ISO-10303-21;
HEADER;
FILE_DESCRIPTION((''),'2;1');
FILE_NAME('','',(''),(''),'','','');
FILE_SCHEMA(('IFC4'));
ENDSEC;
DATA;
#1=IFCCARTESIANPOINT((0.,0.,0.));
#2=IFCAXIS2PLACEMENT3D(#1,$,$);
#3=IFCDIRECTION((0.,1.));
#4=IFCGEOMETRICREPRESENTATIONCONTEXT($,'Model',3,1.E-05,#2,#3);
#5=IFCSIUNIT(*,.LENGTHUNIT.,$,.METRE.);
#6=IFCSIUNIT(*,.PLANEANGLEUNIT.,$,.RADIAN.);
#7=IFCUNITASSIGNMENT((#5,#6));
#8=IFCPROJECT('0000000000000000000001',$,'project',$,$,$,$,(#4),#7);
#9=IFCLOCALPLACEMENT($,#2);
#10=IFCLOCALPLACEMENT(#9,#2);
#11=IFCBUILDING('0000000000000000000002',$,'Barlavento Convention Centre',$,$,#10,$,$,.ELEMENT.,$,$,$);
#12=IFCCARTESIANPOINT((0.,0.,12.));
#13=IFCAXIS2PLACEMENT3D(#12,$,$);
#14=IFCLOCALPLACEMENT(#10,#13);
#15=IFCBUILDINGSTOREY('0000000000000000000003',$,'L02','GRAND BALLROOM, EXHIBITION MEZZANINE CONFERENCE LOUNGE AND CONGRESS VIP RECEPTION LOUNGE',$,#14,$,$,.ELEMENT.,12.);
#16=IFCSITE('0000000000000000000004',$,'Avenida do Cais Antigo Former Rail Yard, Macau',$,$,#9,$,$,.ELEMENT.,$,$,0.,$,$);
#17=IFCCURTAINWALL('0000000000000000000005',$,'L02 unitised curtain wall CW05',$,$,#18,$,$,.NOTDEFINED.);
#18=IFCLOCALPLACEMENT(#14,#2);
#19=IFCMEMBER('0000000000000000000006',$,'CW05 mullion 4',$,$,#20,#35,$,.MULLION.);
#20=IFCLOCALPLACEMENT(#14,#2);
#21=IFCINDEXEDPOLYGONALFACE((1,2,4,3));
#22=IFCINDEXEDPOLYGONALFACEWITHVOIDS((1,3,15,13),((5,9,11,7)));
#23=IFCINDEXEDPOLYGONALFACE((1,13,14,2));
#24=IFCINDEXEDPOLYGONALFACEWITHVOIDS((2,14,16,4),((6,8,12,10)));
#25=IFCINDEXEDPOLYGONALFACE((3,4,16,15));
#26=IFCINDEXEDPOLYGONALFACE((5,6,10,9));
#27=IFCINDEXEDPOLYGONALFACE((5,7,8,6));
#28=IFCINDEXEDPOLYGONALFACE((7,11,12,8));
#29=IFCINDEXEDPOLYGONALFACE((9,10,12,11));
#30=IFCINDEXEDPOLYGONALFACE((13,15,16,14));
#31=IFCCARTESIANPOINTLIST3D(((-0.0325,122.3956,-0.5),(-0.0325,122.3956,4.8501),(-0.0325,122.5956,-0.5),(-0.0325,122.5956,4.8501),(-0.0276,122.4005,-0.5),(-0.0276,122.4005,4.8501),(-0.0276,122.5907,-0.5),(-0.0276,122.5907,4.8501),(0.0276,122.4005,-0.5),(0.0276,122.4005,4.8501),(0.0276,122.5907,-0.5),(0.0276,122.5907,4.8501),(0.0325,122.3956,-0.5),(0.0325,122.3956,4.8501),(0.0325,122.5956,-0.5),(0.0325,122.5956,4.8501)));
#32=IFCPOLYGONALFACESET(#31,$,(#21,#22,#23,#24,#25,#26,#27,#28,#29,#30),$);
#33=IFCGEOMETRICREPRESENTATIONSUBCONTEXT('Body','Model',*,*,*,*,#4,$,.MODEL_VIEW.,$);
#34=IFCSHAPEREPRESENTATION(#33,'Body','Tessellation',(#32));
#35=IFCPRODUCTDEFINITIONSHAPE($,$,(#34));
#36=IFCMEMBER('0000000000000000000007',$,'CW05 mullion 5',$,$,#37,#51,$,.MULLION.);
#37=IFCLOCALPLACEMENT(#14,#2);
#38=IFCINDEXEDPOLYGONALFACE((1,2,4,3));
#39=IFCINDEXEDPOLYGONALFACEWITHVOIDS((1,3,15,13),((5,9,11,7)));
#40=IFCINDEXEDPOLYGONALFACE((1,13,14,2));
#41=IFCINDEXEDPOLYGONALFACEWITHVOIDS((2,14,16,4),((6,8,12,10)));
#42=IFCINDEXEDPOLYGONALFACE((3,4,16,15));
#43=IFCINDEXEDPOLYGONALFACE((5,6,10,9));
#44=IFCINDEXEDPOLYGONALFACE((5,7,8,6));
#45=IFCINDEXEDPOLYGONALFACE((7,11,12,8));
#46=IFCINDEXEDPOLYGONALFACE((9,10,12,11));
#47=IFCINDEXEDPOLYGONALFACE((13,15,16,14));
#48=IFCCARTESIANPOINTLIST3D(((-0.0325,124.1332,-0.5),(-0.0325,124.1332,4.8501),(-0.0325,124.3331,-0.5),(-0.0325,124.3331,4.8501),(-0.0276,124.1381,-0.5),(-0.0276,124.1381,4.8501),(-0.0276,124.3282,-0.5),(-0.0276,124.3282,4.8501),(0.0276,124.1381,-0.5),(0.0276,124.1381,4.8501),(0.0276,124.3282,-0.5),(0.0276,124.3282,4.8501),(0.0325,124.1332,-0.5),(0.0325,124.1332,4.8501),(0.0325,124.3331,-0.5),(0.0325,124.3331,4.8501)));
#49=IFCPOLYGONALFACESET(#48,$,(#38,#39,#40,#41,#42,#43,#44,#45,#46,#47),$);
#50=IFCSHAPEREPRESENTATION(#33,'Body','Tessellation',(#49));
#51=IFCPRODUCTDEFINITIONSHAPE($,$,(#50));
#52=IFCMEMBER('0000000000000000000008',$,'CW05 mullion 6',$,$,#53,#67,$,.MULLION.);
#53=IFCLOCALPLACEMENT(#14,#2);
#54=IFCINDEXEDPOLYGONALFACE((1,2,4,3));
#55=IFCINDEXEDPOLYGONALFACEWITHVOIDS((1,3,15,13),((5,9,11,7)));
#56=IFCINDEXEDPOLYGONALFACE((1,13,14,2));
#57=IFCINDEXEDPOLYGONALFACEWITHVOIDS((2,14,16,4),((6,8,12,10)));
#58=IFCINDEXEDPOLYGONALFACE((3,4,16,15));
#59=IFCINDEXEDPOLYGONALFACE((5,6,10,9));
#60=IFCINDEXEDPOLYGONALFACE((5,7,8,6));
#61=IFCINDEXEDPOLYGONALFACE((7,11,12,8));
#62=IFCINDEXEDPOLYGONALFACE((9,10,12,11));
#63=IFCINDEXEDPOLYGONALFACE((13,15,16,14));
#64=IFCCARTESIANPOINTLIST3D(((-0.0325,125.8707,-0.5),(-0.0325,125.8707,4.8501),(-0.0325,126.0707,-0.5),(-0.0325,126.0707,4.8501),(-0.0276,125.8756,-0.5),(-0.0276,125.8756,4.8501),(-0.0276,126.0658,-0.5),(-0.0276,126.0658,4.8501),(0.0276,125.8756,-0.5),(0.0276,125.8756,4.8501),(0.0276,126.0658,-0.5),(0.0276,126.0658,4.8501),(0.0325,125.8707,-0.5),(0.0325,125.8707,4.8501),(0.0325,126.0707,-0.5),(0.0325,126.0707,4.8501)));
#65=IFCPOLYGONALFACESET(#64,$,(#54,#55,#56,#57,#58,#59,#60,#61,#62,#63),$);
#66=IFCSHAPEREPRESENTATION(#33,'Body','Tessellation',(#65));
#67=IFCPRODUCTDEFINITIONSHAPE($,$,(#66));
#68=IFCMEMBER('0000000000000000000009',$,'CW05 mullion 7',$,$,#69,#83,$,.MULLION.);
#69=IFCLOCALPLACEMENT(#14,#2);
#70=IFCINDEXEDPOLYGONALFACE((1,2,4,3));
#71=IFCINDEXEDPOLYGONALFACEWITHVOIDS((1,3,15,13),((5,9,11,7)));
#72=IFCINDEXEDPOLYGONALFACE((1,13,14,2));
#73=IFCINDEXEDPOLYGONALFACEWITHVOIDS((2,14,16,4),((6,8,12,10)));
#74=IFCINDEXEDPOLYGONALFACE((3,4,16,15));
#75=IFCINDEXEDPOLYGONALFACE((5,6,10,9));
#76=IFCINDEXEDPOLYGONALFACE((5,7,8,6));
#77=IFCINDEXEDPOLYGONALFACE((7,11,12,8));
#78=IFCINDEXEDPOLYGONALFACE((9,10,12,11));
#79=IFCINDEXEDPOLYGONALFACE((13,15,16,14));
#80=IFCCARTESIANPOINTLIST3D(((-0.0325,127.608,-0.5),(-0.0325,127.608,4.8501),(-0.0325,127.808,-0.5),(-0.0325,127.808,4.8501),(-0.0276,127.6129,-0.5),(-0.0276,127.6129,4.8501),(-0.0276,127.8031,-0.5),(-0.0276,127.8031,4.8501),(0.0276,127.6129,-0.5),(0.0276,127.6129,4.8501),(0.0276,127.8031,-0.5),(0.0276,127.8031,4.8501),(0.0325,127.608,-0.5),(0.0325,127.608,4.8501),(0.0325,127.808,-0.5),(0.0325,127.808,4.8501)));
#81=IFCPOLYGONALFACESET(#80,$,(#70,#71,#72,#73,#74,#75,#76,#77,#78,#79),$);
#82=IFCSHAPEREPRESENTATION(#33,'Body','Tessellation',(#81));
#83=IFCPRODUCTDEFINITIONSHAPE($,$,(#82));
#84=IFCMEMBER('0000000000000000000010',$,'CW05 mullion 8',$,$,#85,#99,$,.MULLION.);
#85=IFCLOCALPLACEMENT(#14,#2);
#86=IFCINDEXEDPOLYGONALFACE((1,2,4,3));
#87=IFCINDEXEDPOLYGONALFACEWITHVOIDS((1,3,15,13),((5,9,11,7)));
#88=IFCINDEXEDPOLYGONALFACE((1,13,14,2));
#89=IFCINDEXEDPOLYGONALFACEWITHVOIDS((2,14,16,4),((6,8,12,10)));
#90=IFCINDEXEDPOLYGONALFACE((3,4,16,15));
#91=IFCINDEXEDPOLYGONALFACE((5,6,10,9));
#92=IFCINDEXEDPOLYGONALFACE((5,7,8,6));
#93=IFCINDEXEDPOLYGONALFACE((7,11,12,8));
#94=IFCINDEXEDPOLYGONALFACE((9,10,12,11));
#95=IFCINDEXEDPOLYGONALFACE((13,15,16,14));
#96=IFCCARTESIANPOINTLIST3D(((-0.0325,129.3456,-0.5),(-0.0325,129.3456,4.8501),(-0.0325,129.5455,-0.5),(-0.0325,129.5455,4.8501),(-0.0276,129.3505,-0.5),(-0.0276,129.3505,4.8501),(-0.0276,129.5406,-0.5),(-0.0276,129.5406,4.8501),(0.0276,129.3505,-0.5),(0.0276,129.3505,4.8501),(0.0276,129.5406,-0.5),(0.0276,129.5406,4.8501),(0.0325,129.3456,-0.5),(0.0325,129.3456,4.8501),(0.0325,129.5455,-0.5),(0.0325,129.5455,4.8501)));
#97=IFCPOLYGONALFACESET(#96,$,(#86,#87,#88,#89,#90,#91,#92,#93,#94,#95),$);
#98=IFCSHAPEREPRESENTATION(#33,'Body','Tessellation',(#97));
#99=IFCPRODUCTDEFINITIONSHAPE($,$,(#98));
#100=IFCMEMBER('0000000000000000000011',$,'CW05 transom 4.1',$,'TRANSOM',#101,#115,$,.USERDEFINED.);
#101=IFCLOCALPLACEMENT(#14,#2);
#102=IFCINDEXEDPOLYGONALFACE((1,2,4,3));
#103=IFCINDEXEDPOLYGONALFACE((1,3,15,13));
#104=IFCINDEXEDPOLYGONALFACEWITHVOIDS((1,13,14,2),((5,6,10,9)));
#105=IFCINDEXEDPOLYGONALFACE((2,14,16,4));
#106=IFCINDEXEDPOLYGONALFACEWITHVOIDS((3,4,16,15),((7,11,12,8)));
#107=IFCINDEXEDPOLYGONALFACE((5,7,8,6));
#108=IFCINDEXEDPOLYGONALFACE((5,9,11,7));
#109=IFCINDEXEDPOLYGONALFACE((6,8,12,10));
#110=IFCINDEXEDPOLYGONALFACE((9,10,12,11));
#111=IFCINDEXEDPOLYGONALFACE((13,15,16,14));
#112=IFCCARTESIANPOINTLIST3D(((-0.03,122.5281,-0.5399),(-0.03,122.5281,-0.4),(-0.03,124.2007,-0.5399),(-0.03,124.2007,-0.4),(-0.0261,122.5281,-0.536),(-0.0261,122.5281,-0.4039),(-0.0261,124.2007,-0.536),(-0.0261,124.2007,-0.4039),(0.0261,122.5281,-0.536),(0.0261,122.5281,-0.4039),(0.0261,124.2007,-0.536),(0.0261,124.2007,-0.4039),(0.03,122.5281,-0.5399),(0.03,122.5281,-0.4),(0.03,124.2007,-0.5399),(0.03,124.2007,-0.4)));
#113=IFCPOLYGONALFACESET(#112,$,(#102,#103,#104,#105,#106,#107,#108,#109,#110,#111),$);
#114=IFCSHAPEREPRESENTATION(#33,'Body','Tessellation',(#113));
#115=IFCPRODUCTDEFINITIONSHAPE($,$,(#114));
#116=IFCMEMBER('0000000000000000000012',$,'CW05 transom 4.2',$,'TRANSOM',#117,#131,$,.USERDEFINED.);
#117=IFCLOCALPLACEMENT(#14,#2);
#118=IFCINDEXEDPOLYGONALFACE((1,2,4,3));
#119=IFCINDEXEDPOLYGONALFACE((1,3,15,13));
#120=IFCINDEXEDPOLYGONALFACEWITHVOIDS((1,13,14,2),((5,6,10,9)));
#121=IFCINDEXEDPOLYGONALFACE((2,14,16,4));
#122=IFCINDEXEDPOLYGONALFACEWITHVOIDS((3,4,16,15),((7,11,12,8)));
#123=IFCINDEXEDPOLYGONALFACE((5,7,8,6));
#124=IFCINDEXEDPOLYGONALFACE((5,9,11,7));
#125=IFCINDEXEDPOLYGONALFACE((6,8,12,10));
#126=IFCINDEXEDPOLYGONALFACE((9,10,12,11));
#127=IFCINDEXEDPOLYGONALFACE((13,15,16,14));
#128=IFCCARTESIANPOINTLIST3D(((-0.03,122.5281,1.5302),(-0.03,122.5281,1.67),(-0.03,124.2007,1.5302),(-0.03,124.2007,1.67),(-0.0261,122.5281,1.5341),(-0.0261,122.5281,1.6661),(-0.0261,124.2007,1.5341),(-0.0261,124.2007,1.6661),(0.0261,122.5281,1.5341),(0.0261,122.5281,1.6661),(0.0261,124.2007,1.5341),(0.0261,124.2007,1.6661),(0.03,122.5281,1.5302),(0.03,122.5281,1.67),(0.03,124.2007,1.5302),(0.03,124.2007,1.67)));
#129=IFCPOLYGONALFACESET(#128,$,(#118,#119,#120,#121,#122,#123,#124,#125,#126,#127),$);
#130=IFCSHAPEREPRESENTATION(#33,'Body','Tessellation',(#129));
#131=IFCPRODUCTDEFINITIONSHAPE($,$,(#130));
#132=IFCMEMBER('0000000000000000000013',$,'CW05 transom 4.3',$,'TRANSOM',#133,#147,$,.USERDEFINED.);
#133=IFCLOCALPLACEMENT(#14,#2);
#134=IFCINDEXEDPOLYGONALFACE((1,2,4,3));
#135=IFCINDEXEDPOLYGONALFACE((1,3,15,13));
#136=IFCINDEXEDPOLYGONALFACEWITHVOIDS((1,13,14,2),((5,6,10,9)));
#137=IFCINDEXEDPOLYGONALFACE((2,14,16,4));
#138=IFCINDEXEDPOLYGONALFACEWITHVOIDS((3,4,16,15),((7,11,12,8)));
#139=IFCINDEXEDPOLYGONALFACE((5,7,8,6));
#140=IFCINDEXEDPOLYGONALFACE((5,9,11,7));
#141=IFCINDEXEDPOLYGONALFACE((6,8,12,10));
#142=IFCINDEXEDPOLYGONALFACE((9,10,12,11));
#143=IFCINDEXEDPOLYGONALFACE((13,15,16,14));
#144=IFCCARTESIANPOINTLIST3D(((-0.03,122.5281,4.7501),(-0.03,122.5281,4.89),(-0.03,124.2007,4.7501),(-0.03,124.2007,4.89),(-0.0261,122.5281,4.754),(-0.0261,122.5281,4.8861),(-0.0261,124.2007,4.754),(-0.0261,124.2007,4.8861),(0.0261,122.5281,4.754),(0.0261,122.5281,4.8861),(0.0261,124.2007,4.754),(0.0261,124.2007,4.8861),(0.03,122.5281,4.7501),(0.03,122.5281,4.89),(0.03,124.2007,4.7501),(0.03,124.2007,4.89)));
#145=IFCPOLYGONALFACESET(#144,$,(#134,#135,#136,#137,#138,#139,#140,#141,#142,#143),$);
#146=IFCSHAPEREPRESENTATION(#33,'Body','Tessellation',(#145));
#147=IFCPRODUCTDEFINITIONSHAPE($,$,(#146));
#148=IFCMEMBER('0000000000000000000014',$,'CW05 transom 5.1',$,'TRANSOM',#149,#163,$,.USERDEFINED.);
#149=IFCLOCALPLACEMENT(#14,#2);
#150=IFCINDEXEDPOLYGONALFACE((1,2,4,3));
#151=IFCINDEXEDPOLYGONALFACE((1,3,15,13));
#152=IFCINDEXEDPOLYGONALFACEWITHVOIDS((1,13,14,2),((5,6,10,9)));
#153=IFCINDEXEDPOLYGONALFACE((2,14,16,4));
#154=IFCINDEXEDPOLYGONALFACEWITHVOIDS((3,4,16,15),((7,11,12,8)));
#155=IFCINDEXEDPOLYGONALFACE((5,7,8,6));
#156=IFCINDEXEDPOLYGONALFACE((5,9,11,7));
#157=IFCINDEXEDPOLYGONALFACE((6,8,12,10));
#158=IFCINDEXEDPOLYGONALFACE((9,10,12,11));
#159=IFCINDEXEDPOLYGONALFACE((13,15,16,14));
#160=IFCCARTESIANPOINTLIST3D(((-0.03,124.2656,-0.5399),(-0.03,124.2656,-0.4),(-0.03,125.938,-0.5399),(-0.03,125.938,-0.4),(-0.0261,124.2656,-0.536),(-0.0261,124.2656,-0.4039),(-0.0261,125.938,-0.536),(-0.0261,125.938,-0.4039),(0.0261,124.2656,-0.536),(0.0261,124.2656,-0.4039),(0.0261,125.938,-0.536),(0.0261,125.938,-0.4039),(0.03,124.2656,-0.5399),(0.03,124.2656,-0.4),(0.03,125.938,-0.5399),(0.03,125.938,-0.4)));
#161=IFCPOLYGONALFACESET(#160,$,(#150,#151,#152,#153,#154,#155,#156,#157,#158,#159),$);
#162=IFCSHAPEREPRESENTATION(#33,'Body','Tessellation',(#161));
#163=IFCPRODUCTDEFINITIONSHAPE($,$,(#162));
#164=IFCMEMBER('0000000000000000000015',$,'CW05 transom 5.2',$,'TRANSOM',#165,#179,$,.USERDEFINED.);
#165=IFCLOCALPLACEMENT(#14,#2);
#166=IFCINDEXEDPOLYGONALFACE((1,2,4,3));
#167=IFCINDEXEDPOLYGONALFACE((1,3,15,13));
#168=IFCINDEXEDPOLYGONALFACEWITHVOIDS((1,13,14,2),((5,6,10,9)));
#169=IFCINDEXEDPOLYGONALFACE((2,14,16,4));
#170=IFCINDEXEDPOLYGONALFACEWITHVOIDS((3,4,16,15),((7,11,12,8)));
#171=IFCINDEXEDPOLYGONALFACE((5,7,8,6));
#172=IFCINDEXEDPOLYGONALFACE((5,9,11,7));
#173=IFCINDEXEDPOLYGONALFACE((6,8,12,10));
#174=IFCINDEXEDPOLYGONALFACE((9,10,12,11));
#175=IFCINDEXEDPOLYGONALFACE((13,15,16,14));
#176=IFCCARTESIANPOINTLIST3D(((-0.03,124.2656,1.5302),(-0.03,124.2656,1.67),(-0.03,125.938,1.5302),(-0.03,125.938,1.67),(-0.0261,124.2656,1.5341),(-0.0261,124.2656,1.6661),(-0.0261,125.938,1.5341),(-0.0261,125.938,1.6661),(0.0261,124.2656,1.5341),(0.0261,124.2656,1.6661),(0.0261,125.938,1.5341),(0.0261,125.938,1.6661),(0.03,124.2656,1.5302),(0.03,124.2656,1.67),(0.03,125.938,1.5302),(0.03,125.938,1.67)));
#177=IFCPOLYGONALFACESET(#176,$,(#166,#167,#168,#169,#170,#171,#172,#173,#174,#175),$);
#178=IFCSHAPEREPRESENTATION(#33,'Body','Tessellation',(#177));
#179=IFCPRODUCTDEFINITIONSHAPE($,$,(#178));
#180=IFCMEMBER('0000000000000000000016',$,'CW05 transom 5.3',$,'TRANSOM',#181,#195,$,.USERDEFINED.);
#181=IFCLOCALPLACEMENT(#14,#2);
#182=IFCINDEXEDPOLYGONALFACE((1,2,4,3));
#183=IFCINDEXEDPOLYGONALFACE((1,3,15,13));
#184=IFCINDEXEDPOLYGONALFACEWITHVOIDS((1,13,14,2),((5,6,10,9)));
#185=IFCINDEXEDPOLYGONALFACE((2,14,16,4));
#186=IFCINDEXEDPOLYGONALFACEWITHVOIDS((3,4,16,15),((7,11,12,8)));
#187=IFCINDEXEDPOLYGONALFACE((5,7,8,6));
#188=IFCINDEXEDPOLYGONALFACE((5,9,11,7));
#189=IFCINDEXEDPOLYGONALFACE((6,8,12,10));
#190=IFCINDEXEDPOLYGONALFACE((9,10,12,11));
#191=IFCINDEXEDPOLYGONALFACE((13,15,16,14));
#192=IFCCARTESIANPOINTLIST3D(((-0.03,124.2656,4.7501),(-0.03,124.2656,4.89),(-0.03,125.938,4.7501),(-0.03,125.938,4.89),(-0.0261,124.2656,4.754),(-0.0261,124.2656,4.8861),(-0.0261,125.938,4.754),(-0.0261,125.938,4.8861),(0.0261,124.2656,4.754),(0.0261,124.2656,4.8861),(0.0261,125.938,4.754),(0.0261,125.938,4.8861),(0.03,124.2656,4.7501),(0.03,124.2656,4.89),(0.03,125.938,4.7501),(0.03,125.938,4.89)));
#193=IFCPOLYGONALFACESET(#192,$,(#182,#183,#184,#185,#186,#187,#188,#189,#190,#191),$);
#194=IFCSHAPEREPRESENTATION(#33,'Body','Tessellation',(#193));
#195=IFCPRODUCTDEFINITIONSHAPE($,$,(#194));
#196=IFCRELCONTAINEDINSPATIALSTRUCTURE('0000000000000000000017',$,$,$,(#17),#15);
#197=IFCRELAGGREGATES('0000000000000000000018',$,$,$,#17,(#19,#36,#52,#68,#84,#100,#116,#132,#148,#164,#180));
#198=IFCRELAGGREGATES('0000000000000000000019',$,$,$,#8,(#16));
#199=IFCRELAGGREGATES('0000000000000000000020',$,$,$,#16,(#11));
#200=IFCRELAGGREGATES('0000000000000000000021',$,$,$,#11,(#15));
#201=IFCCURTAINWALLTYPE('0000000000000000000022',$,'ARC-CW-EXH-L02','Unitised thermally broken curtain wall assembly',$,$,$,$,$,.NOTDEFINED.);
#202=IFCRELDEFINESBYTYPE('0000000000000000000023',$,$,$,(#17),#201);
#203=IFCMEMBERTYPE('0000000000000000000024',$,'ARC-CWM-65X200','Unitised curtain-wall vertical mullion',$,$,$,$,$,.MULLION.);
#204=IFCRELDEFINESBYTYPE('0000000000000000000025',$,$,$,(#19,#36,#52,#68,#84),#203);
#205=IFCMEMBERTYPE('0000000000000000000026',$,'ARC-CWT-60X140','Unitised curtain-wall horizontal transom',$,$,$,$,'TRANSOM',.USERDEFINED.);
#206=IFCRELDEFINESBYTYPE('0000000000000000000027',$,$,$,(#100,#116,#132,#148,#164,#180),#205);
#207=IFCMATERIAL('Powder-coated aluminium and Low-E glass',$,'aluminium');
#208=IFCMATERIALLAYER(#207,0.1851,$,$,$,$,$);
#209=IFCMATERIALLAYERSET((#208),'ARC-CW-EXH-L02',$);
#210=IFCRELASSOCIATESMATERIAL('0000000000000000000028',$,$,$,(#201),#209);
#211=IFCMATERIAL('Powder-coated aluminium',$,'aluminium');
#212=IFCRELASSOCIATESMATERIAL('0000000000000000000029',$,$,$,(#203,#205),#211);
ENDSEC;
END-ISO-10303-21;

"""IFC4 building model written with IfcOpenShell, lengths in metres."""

from ifc_helpers import new_model, si_unit, direction, frame, origin, origin_2d, place, context, subcontext, project, spatial, hollow_rectangle, extrude, material, layer, layer_set, material_profile, profile_set, type_object, element, aggregate, save


model = new_model("IFC4")

# Units and contexts
model_context = context("Model", 3, precision=1e-05, world=origin(), true_north=direction((0.0, 1.0)))
body_context = subcontext(model_context, "Body", "Model", "MODEL_VIEW")
ifc_project = project(units=[si_unit("LENGTHUNIT", "METRE"), si_unit("PLANEANGLEUNIT", "RADIAN")], contexts=[model_context])

# Site, building, storey
site_placement = place(None, origin())
site = spatial("IfcSite", under=ifc_project, at=site_placement, Name="Avenida do Cais Antigo Former Rail Yard, Macau", CompositionType="ELEMENT", RefElevation=0.0)
building_placement = place(site_placement, origin())
building = spatial("IfcBuilding", under=site, at=building_placement, Name="Barlavento Convention Centre", CompositionType="ELEMENT")
storey_placement = place(building_placement, frame((0.0, 0.0, 12.0)))
storey = spatial("IfcBuildingStorey", under=building, at=storey_placement, Name="L02", Description="GRAND BALLROOM, EXHIBITION MEZZANINE CONFERENCE LOUNGE AND CONGRESS VIP RECEPTION LOUNGE", CompositionType="ELEMENT", Elevation=12.0)

# Curtain wall, members
ifc_material_1 = material(Name="Powder-coated aluminium and Low-E glass", Category="aluminium")
ifc_layer_1 = layer(ifc_material_1, 0.1851)
ifc_layer_set_1 = layer_set([ifc_layer_1], Name="ARC-CW-EXH-L02")
curtain_wall_type = type_object("IfcCurtainWallType", Name="ARC-CW-EXH-L02", Description="Unitised thermally broken curtain wall assembly", PredefinedType="NOTDEFINED", material=ifc_layer_set_1)
curtain_wall_placement = place(storey_placement, origin())
curtain_wall = element("IfcCurtainWall", 1, at=curtain_wall_placement, inside=storey, type_object=curtain_wall_type, Name="L02 unitised curtain wall CW05", PredefinedType="NOTDEFINED")
ifc_material_2 = material(Name="Powder-coated aluminium", Category="aluminium")
ifc_material_profile_1 = material_profile(ifc_material_2, hollow_rectangle(XDim=0.0649, YDim=0.2, WallThickness=0.0049, at=origin_2d()), Name="AL-MULL 65x200x5")
ifc_profile_set_1 = profile_set([ifc_material_profile_1], Name="Powder-coated aluminium")
member_type_1 = type_object("IfcMemberType", Name="ARC-CWM-65X200", Description="Unitised curtain-wall vertical mullion", PredefinedType="MULLION", material=ifc_profile_set_1)
member_1_placement = place(storey_placement, frame((0.0, 122.4956, -0.5), z_axis=(0.0, 0.0, 1.0), x_axis=(-1.0, 0.0, 0.0)))
member_1 = element("IfcMember", 2, at=member_1_placement, type_object=member_type_1, Name="CW05 mullion 4", PredefinedType="MULLION", context=body_context, shape_type="SweptSolid", body=[
    extrude(hollow_rectangle(XDim=0.0649, YDim=0.2, WallThickness=0.0049, at=origin_2d()), origin(), (0.0, 0.0, 1.0), 5.3501),
])
member_2_placement = place(storey_placement, frame((0.0, 124.2332, -0.5), z_axis=(0.0, 0.0, 1.0), x_axis=(-1.0, 0.0, 0.0)))
member_2 = element("IfcMember", 3, at=member_2_placement, type_object=member_type_1, Name="CW05 mullion 5", PredefinedType="MULLION", context=body_context, shape_type="SweptSolid", body=[
    extrude(hollow_rectangle(XDim=0.0649, YDim=0.2, WallThickness=0.0049, at=origin_2d()), origin(), (0.0, 0.0, 1.0), 5.3501),
])
member_3_placement = place(storey_placement, frame((0.0, 125.9707, -0.5), z_axis=(0.0, 0.0, 1.0), x_axis=(-1.0, 0.0, 0.0)))
member_3 = element("IfcMember", 4, at=member_3_placement, type_object=member_type_1, Name="CW05 mullion 6", PredefinedType="MULLION", context=body_context, shape_type="SweptSolid", body=[
    extrude(hollow_rectangle(XDim=0.0649, YDim=0.2, WallThickness=0.0049, at=origin_2d()), origin(), (0.0, 0.0, 1.0), 5.3501),
])
member_4_placement = place(storey_placement, frame((0.0, 127.708, -0.5), z_axis=(0.0, 0.0, 1.0), x_axis=(-1.0, 0.0, 0.0)))
member_4 = element("IfcMember", 5, at=member_4_placement, type_object=member_type_1, Name="CW05 mullion 7", PredefinedType="MULLION", context=body_context, shape_type="SweptSolid", body=[
    extrude(hollow_rectangle(XDim=0.0649, YDim=0.2, WallThickness=0.0049, at=origin_2d()), origin(), (0.0, 0.0, 1.0), 5.3501),
])
member_5_placement = place(storey_placement, frame((0.0, 129.4456, -0.5), z_axis=(0.0, 0.0, 1.0), x_axis=(-1.0, 0.0, 0.0)))
member_5 = element("IfcMember", 6, at=member_5_placement, type_object=member_type_1, Name="CW05 mullion 8", PredefinedType="MULLION", context=body_context, shape_type="SweptSolid", body=[
    extrude(hollow_rectangle(XDim=0.0649, YDim=0.2, WallThickness=0.0049, at=origin_2d()), origin(), (0.0, 0.0, 1.0), 5.3501),
])
ifc_material_profile_2 = material_profile(ifc_material_2, hollow_rectangle(XDim=0.0601, YDim=0.1399, WallThickness=0.0039, at=origin_2d()), Name="AL-TRAN 60x140x4")
ifc_profile_set_2 = profile_set([ifc_material_profile_2], Name="Powder-coated aluminium")
member_type_2 = type_object("IfcMemberType", Name="ARC-CWT-60X140", Description="Unitised curtain-wall horizontal transom", ElementType="TRANSOM", PredefinedType="USERDEFINED", material=ifc_profile_set_2)
member_6_placement = place(storey_placement, frame((0.0, 122.5281, -0.47), z_axis=(0.0, 1.0, 0.0), x_axis=(-1.0, 0.0, 0.0)))
member_6 = element("IfcMember", 7, at=member_6_placement, type_object=member_type_2, Name="CW05 transom 4.1", ObjectType="TRANSOM", PredefinedType="USERDEFINED", context=body_context, shape_type="SweptSolid", body=[
    extrude(hollow_rectangle(XDim=0.0601, YDim=0.1399, WallThickness=0.0039, at=origin_2d()), origin(), (0.0, 0.0, 1.0), 1.6726),
])
member_7_placement = place(storey_placement, frame((0.0, 122.5281, 1.6001), z_axis=(0.0, 1.0, 0.0), x_axis=(-1.0, 0.0, 0.0)))
member_7 = element("IfcMember", 8, at=member_7_placement, type_object=member_type_2, Name="CW05 transom 4.2", ObjectType="TRANSOM", PredefinedType="USERDEFINED", context=body_context, shape_type="SweptSolid", body=[
    extrude(hollow_rectangle(XDim=0.0601, YDim=0.1399, WallThickness=0.0039, at=origin_2d()), origin(), (0.0, 0.0, 1.0), 1.6726),
])
member_8_placement = place(storey_placement, frame((0.0, 122.5281, 4.8201), z_axis=(0.0, 1.0, 0.0), x_axis=(-1.0, 0.0, 0.0)))
member_8 = element("IfcMember", 9, at=member_8_placement, type_object=member_type_2, Name="CW05 transom 4.3", ObjectType="TRANSOM", PredefinedType="USERDEFINED", context=body_context, shape_type="SweptSolid", body=[
    extrude(hollow_rectangle(XDim=0.0601, YDim=0.1399, WallThickness=0.0039, at=origin_2d()), origin(), (0.0, 0.0, 1.0), 1.6726),
])
member_9_placement = place(storey_placement, frame((0.0, 124.2656, -0.47), z_axis=(0.0, 1.0, 0.0), x_axis=(-1.0, 0.0, 0.0)))
member_9 = element("IfcMember", 10, at=member_9_placement, type_object=member_type_2, Name="CW05 transom 5.1", ObjectType="TRANSOM", PredefinedType="USERDEFINED", context=body_context, shape_type="SweptSolid", body=[
    extrude(hollow_rectangle(XDim=0.0601, YDim=0.1399, WallThickness=0.0039, at=origin_2d()), origin(), (0.0, 0.0, 1.0), 1.6724),
])
member_10_placement = place(storey_placement, frame((0.0, 124.2656, 1.6001), z_axis=(0.0, 1.0, 0.0), x_axis=(-1.0, 0.0, 0.0)))
member_10 = element("IfcMember", 11, at=member_10_placement, type_object=member_type_2, Name="CW05 transom 5.2", ObjectType="TRANSOM", PredefinedType="USERDEFINED", context=body_context, shape_type="SweptSolid", body=[
    extrude(hollow_rectangle(XDim=0.0601, YDim=0.1399, WallThickness=0.0039, at=origin_2d()), origin(), (0.0, 0.0, 1.0), 1.6724),
])
member_11_placement = place(storey_placement, frame((0.0, 124.2656, 4.8201), z_axis=(0.0, 1.0, 0.0), x_axis=(-1.0, 0.0, 0.0)))
member_11 = element("IfcMember", 12, at=member_11_placement, type_object=member_type_2, Name="CW05 transom 5.3", ObjectType="TRANSOM", PredefinedType="USERDEFINED", context=body_context, shape_type="SweptSolid", body=[
    extrude(hollow_rectangle(XDim=0.0601, YDim=0.1399, WallThickness=0.0039, at=origin_2d()), origin(), (0.0, 0.0, 1.0), 1.6724),
])
aggregate(curtain_wall, [member_1, member_2, member_3, member_4, member_5, member_6, member_7, member_8, member_9, member_10, member_11])

save(model, "model.ifc")
